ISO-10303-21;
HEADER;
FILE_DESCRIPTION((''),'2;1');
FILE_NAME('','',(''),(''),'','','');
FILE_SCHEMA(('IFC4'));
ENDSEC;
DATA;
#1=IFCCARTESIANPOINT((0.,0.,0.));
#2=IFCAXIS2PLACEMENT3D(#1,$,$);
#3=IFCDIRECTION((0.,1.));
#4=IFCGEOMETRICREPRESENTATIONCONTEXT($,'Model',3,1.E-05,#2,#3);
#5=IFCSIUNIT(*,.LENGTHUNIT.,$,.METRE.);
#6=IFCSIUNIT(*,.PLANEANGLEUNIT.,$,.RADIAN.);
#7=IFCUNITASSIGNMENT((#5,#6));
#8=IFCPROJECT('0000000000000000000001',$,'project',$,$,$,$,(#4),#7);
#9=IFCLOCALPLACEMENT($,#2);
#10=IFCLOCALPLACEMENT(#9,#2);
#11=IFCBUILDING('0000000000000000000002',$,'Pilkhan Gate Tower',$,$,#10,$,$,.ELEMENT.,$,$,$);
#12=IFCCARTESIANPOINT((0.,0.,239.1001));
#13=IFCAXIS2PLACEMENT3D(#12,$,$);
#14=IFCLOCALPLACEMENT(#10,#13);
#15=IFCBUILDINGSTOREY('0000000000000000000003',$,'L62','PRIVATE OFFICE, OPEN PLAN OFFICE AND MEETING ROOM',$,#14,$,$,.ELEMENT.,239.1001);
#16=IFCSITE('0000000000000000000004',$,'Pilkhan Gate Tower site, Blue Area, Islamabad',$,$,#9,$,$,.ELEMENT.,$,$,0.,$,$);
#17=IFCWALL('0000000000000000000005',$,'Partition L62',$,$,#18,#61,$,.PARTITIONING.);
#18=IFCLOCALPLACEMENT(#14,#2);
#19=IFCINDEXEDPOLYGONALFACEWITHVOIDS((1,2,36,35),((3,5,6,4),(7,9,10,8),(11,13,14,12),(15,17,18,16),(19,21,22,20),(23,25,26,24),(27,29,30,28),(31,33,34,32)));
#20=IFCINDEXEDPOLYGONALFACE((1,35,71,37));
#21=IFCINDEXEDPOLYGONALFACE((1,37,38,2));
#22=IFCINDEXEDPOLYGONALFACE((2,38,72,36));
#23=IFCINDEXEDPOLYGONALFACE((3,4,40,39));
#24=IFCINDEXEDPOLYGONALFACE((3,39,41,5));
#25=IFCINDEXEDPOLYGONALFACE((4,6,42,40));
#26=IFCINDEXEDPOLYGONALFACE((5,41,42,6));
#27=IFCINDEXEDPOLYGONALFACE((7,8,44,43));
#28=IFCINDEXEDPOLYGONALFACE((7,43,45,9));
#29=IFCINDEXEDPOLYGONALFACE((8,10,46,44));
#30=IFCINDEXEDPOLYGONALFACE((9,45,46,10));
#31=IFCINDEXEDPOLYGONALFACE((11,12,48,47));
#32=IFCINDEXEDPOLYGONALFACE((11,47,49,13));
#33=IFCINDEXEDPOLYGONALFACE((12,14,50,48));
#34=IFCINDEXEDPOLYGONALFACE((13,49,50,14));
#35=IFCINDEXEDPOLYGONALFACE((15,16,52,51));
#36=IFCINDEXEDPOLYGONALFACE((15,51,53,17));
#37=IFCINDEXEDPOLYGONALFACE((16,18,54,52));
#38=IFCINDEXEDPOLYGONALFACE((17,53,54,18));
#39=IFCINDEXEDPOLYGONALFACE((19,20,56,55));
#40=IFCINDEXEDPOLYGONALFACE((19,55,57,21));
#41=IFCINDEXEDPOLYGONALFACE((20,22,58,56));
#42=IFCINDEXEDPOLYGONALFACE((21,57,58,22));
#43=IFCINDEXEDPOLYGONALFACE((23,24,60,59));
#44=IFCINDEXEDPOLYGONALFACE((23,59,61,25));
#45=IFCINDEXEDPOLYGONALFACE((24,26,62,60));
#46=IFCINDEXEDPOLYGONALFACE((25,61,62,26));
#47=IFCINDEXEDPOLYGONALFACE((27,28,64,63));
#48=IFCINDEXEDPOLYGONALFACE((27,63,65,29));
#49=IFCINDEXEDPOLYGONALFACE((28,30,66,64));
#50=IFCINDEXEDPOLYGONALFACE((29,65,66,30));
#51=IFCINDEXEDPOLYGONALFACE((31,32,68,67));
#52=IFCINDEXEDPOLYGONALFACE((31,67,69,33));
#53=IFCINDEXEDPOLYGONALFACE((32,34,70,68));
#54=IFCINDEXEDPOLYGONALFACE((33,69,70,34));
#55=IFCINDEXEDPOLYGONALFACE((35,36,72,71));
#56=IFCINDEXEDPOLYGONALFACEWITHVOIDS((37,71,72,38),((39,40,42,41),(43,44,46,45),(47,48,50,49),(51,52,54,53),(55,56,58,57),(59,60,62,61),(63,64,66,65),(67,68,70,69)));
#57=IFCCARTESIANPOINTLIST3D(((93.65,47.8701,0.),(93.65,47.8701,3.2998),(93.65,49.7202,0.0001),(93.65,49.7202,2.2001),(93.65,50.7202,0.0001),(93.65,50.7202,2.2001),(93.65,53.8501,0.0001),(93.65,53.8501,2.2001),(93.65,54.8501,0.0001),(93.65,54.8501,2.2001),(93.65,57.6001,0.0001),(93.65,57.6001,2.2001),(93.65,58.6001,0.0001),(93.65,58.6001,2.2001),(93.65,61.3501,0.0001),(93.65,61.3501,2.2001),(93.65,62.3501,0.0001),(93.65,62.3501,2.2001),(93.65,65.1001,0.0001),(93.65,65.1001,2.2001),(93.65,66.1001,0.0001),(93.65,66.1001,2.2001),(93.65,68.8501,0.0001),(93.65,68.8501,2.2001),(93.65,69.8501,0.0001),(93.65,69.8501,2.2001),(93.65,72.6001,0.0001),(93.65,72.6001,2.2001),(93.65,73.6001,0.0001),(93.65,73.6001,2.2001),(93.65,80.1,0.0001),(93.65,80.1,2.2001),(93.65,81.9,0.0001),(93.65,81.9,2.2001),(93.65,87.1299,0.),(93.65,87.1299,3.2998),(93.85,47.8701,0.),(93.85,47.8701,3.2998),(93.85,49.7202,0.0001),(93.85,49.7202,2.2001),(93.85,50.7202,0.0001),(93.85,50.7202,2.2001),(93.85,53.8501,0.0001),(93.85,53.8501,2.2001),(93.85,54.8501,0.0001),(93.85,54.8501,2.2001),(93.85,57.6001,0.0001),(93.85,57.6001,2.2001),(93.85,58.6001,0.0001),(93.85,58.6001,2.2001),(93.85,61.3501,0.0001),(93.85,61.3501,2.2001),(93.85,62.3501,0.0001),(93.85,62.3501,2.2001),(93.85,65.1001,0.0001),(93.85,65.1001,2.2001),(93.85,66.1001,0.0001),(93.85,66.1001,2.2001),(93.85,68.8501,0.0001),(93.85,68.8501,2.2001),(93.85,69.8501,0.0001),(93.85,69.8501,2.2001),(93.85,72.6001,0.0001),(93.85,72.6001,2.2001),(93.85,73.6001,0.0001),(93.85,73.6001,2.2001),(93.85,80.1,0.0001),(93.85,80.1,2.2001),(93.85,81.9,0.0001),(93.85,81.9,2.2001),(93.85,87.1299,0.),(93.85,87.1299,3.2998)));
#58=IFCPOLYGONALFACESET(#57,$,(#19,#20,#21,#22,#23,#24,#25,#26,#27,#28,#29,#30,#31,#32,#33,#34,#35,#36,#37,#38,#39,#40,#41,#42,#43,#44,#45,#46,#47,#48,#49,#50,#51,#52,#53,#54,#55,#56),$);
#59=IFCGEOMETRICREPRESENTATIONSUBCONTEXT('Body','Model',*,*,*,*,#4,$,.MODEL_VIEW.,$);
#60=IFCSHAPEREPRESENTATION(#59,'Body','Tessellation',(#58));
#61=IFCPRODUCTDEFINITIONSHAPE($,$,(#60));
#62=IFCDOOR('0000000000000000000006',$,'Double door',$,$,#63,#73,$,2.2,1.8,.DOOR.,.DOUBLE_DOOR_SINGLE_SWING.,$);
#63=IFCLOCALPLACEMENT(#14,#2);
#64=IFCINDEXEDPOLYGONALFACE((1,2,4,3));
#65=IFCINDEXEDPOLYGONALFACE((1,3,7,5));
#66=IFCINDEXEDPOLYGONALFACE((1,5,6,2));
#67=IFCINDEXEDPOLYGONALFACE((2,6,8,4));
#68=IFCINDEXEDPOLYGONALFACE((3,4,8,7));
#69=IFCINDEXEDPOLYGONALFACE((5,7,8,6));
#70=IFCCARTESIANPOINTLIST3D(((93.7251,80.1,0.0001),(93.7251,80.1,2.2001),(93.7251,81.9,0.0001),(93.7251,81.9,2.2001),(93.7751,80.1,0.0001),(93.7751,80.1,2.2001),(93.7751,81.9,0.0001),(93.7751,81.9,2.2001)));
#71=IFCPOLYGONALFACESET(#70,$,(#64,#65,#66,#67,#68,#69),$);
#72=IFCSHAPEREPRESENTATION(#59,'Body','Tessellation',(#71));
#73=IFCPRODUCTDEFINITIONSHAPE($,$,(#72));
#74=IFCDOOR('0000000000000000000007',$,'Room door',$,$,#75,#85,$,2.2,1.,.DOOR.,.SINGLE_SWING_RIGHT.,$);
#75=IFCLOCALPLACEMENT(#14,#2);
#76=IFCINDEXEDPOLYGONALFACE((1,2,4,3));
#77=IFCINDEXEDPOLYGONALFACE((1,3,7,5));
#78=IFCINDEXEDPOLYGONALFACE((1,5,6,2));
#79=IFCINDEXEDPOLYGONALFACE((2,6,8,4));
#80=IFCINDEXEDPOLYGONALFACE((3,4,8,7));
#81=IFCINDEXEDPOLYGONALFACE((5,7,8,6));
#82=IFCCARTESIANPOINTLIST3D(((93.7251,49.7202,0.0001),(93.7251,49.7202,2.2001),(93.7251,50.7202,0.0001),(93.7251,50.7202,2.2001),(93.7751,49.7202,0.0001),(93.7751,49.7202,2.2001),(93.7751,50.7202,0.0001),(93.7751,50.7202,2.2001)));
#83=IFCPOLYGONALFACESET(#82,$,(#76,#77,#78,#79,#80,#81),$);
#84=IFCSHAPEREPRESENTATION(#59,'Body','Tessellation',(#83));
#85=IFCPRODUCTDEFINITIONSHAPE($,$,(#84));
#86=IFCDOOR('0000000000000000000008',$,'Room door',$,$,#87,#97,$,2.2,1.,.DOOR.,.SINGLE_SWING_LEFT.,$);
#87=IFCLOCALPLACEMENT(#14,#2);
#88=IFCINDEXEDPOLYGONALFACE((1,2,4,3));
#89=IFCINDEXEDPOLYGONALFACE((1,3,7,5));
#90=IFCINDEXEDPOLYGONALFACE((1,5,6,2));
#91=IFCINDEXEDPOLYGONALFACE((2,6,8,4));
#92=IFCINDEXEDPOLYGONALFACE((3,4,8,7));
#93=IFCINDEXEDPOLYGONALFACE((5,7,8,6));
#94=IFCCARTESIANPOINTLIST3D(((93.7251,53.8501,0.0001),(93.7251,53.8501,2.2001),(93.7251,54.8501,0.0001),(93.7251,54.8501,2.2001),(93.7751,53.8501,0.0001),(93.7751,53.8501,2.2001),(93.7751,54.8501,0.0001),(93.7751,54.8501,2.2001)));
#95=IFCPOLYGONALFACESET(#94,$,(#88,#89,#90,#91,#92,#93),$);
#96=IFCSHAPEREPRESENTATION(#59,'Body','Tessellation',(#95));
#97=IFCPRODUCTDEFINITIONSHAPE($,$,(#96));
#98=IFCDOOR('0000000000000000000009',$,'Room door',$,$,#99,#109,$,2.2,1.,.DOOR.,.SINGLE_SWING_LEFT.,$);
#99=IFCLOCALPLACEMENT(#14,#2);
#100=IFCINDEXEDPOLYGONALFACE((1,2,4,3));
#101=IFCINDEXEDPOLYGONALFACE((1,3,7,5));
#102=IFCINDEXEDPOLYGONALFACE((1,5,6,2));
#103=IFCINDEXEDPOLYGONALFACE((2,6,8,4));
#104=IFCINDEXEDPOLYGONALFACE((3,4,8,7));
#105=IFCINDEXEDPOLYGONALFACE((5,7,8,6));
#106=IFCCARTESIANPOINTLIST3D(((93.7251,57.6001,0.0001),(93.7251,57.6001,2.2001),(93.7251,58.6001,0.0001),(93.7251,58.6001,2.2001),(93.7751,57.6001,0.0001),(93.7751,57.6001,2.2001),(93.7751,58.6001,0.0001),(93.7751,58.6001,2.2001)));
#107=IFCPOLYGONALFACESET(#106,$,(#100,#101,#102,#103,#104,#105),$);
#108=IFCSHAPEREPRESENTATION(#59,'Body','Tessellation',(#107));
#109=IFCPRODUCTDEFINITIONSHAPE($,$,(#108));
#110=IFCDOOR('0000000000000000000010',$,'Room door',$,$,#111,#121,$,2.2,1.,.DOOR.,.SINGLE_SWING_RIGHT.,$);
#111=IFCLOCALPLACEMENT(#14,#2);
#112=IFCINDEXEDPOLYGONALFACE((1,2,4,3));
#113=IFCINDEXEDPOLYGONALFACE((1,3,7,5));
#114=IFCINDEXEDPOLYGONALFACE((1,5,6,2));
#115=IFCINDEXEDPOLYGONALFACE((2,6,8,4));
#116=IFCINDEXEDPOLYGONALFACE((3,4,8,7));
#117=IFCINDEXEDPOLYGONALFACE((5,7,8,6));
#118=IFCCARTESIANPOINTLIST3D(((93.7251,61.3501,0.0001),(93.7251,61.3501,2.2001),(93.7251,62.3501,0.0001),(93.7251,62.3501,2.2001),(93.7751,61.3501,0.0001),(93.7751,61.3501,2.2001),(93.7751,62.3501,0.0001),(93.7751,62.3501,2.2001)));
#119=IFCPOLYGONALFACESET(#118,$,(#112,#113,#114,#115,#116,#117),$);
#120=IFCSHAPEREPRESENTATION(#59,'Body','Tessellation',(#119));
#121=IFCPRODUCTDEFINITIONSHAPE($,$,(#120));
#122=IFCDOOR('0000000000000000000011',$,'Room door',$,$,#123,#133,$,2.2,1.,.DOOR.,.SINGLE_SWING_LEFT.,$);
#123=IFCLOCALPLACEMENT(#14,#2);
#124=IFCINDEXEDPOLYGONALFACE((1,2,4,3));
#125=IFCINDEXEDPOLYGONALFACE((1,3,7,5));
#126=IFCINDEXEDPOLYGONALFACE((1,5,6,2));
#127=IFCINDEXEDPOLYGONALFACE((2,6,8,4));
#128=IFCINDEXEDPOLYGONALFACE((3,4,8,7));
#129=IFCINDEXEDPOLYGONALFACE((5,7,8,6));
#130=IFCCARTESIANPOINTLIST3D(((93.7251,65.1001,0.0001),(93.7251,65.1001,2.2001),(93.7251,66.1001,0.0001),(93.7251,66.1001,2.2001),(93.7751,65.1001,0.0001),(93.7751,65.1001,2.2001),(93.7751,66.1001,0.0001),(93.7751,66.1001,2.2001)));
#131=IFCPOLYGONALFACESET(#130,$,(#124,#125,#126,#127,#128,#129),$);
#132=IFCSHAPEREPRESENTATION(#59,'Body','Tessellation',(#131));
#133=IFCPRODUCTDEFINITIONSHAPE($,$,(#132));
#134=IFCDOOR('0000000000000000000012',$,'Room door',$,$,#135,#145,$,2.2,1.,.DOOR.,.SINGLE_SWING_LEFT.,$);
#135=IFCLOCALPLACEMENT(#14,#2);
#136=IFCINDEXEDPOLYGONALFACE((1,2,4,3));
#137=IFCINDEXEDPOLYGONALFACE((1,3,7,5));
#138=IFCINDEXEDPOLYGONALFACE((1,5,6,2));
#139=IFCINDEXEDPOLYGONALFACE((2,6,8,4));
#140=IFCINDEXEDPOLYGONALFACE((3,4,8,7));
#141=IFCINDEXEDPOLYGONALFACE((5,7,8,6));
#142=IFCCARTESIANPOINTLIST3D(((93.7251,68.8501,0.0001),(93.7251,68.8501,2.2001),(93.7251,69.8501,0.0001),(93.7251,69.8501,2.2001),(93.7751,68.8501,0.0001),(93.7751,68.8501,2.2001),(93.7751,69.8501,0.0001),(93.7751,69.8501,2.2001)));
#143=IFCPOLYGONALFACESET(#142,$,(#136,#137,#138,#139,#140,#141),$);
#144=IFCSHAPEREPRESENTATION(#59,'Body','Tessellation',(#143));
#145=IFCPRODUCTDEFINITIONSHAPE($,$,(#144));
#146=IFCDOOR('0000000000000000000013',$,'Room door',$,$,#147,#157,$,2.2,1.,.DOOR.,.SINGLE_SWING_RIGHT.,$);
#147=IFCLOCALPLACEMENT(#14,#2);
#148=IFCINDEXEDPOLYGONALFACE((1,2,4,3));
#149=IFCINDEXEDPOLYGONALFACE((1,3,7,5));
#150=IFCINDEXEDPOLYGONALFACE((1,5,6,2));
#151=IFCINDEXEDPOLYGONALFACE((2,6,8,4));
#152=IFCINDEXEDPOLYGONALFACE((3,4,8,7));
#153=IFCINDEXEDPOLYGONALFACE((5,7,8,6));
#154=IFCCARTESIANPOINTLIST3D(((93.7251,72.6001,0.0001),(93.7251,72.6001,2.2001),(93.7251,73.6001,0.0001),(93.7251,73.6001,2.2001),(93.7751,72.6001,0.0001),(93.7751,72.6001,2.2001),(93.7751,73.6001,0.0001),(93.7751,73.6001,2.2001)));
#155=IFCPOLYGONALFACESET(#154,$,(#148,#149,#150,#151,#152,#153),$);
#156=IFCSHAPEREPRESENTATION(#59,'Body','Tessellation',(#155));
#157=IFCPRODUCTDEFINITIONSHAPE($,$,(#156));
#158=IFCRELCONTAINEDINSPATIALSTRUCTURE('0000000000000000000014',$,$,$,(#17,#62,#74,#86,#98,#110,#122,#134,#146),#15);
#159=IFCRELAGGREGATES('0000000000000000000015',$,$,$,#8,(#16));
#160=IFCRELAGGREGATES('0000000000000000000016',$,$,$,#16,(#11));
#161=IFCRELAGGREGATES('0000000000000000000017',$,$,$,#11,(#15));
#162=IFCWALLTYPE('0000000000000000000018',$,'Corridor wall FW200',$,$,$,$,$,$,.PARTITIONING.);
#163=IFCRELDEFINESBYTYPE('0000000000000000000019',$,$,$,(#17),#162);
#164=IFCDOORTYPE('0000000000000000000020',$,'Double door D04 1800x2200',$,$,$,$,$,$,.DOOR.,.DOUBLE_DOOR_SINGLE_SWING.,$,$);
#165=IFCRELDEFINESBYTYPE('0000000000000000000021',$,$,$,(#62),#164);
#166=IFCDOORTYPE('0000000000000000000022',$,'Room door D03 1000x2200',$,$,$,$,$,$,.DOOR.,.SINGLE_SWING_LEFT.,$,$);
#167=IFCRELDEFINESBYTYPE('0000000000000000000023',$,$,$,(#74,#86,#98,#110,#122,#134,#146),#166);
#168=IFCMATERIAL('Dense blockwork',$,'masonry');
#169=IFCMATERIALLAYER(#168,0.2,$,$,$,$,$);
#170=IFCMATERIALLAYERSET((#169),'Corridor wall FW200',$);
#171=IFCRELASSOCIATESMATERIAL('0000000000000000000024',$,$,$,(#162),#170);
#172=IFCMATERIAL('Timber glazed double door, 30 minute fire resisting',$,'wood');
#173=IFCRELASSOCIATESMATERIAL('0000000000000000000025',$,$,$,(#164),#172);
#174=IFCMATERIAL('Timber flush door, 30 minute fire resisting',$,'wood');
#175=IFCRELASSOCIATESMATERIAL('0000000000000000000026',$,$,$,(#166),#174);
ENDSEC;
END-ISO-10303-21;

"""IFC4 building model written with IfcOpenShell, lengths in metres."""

from ifc_helpers import new_model, si_unit, direction, frame, frame_2d, origin, place, context, subcontext, project, spatial, rectangle, extrude, material, layer, layer_set, type_object, element, fill, save


model = new_model("IFC4")

# Units and contexts
model_context = context("Model", 3, precision=1e-05, world=origin(), true_north=direction((0.0, 1.0)))
body_context = subcontext(model_context, "Body", "Model", "MODEL_VIEW")
ifc_project = project(units=[si_unit("LENGTHUNIT", "METRE"), si_unit("PLANEANGLEUNIT", "RADIAN")], contexts=[model_context])

# Site, building, storey
site_placement = place(None, origin())
site = spatial("IfcSite", under=ifc_project, at=site_placement, Name="Pilkhan Gate Tower site, Blue Area, Islamabad", CompositionType="ELEMENT", RefElevation=0.0)
building_placement = place(site_placement, origin())
building = spatial("IfcBuilding", under=site, at=building_placement, Name="Pilkhan Gate Tower", CompositionType="ELEMENT")
storey_placement = place(building_placement, frame((0.0, 0.0, 239.1001)))
storey = spatial("IfcBuildingStorey", under=building, at=storey_placement, Name="L62", Description="PRIVATE OFFICE, OPEN PLAN OFFICE AND MEETING ROOM", CompositionType="ELEMENT", Elevation=239.1001)

# Shared definitions
ifc_material_1 = material(Name="Dense blockwork", Category="masonry")
ifc_layer_1 = layer(ifc_material_1, 0.2)
ifc_layer_set_1 = layer_set([ifc_layer_1], Name="Corridor wall FW200")
wall_type = type_object("IfcWallType", Name="Corridor wall FW200", PredefinedType="PARTITIONING", material=ifc_layer_set_1)

# Wall, openings, doors
wall_1_placement = place(storey_placement, frame((93.75, 47.8701, 0.0), z_axis=(0.0, 0.0, 1.0), x_axis=(0.0, 1.0, 0.0)))
wall_1 = element("IfcWall", 1, at=wall_1_placement, inside=storey, type_object=wall_type, Name="Partition L62", PredefinedType="PARTITIONING", context=body_context, shape_type="SweptSolid", body=[
    extrude(rectangle(XDim=39.2598, YDim=0.2, at=frame_2d((19.6299, 0.0))), origin(), (0.0, 0.0, 1.0), 3.2998),
])
opening_1_placement = place(wall_1_placement, frame((1.8501, 0.0, 0.0)))
opening_1 = element("IfcOpeningElement", 2, at=opening_1_placement, cuts=wall_1, PredefinedType="OPENING", context=body_context, shape_type="SweptSolid", body=[
    extrude(rectangle(XDim=1.0, YDim=2.2, at=frame_2d((0.5, 1.1001))), frame((0.0, 0.1099, 0.0), z_axis=(0.0, -1.0, 0.0), x_axis=(1.0, 0.0, 0.0)), (0.0, 0.0, 1.0), 0.22),
])
opening_2_placement = place(wall_1_placement, frame((5.98, 0.0, 0.0)))
opening_2 = element("IfcOpeningElement", 3, at=opening_2_placement, cuts=wall_1, PredefinedType="OPENING", context=body_context, shape_type="SweptSolid", body=[
    extrude(rectangle(XDim=1.0, YDim=2.2, at=frame_2d((0.5, 1.1001))), frame((0.0, 0.1099, 0.0), z_axis=(0.0, -1.0, 0.0), x_axis=(1.0, 0.0, 0.0)), (0.0, 0.0, 1.0), 0.22),
])
opening_3_placement = place(wall_1_placement, frame((9.73, 0.0, 0.0)))
opening_3 = element("IfcOpeningElement", 4, at=opening_3_placement, cuts=wall_1, PredefinedType="OPENING", context=body_context, shape_type="SweptSolid", body=[
    extrude(rectangle(XDim=1.0, YDim=2.2, at=frame_2d((0.5, 1.1001))), frame((0.0, 0.1099, 0.0), z_axis=(0.0, -1.0, 0.0), x_axis=(1.0, 0.0, 0.0)), (0.0, 0.0, 1.0), 0.22),
])
opening_4_placement = place(wall_1_placement, frame((13.48, 0.0, 0.0)))
opening_4 = element("IfcOpeningElement", 5, at=opening_4_placement, cuts=wall_1, PredefinedType="OPENING", context=body_context, shape_type="SweptSolid", body=[
    extrude(rectangle(XDim=1.0, YDim=2.2, at=frame_2d((0.5, 1.1001))), frame((0.0, 0.1099, 0.0), z_axis=(0.0, -1.0, 0.0), x_axis=(1.0, 0.0, 0.0)), (0.0, 0.0, 1.0), 0.22),
])
opening_5_placement = place(wall_1_placement, frame((17.23, 0.0, 0.0)))
opening_5 = element("IfcOpeningElement", 6, at=opening_5_placement, cuts=wall_1, PredefinedType="OPENING", context=body_context, shape_type="SweptSolid", body=[
    extrude(rectangle(XDim=1.0, YDim=2.2, at=frame_2d((0.5, 1.1001))), frame((0.0, 0.1099, 0.0), z_axis=(0.0, -1.0, 0.0), x_axis=(1.0, 0.0, 0.0)), (0.0, 0.0, 1.0), 0.22),
])
opening_6_placement = place(wall_1_placement, frame((20.98, 0.0, 0.0)))
opening_6 = element("IfcOpeningElement", 7, at=opening_6_placement, cuts=wall_1, PredefinedType="OPENING", context=body_context, shape_type="SweptSolid", body=[
    extrude(rectangle(XDim=1.0, YDim=2.2, at=frame_2d((0.5, 1.1001))), frame((0.0, 0.1099, 0.0), z_axis=(0.0, -1.0, 0.0), x_axis=(1.0, 0.0, 0.0)), (0.0, 0.0, 1.0), 0.22),
])
opening_7_placement = place(wall_1_placement, frame((24.73, 0.0, 0.0)))
opening_7 = element("IfcOpeningElement", 8, at=opening_7_placement, cuts=wall_1, PredefinedType="OPENING", context=body_context, shape_type="SweptSolid", body=[
    extrude(rectangle(XDim=1.0, YDim=2.2, at=frame_2d((0.5, 1.1001))), frame((0.0, 0.1099, 0.0), z_axis=(0.0, -1.0, 0.0), x_axis=(1.0, 0.0, 0.0)), (0.0, 0.0, 1.0), 0.22),
])
opening_8_placement = place(wall_1_placement, frame((32.23, 0.0, 0.0)))
opening_8 = element("IfcOpeningElement", 9, at=opening_8_placement, cuts=wall_1, PredefinedType="OPENING", context=body_context, shape_type="SweptSolid", body=[
    extrude(rectangle(XDim=1.8, YDim=2.2, at=frame_2d((0.8999, 1.1001))), frame((0.0, 0.1099, 0.0), z_axis=(0.0, -1.0, 0.0), x_axis=(1.0, 0.0, 0.0)), (0.0, 0.0, 1.0), 0.22),
])
ifc_material_2 = material(Name="Timber glazed double door, 30 minute fire resisting", Category="wood")
door_type_1 = type_object("IfcDoorType", Name="Double door D04 1800x2200", OperationType="DOUBLE_DOOR_SINGLE_SWING", PredefinedType="DOOR", material=ifc_material_2)
door_1_placement = place(opening_8_placement, origin())
door_1 = element("IfcDoor", 10, at=door_1_placement, inside=storey, type_object=door_type_1, Name="Double door", OperationType="DOUBLE_DOOR_SINGLE_SWING", OverallHeight=2.2, OverallWidth=1.8, PredefinedType="DOOR", context=body_context, shape_type="SweptSolid", body=[
    extrude(rectangle(XDim=1.8, YDim=2.2, at=frame_2d((0.8999, 1.1001))), frame((0.0, 0.0249, 0.0), z_axis=(0.0, -1.0, 0.0), x_axis=(1.0, 0.0, 0.0)), (0.0, 0.0, 1.0), 0.05),
])
fill(opening_8, door_1)
ifc_material_3 = material(Name="Timber flush door, 30 minute fire resisting", Category="wood")
door_type_2 = type_object("IfcDoorType", Name="Room door D03 1000x2200", OperationType="SINGLE_SWING_LEFT", PredefinedType="DOOR", material=ifc_material_3)
door_2_placement = place(opening_1_placement, origin())
door_2 = element("IfcDoor", 11, at=door_2_placement, inside=storey, type_object=door_type_2, Name="Room door", OperationType="SINGLE_SWING_RIGHT", OverallHeight=2.2, OverallWidth=1.0, PredefinedType="DOOR", context=body_context, shape_type="SweptSolid", body=[
    extrude(rectangle(XDim=1.0, YDim=2.2, at=frame_2d((0.5, 1.1001))), frame((0.0, 0.0249, 0.0), z_axis=(0.0, -1.0, 0.0), x_axis=(1.0, 0.0, 0.0)), (0.0, 0.0, 1.0), 0.05),
])
fill(opening_1, door_2)
door_3_placement = place(opening_2_placement, origin())
door_3 = element("IfcDoor", 12, at=door_3_placement, inside=storey, type_object=door_type_2, Name="Room door", OperationType="SINGLE_SWING_LEFT", OverallHeight=2.2, OverallWidth=1.0, PredefinedType="DOOR", context=body_context, shape_type="SweptSolid", body=[
    extrude(rectangle(XDim=1.0, YDim=2.2, at=frame_2d((0.5, 1.1001))), frame((0.0, 0.0249, 0.0), z_axis=(0.0, -1.0, 0.0), x_axis=(1.0, 0.0, 0.0)), (0.0, 0.0, 1.0), 0.05),
])
fill(opening_2, door_3)
door_4_placement = place(opening_3_placement, origin())
door_4 = element("IfcDoor", 13, at=door_4_placement, inside=storey, type_object=door_type_2, Name="Room door", OperationType="SINGLE_SWING_LEFT", OverallHeight=2.2, OverallWidth=1.0, PredefinedType="DOOR", context=body_context, shape_type="SweptSolid", body=[
    extrude(rectangle(XDim=1.0, YDim=2.2, at=frame_2d((0.5, 1.1001))), frame((0.0, 0.0249, 0.0), z_axis=(0.0, -1.0, 0.0), x_axis=(1.0, 0.0, 0.0)), (0.0, 0.0, 1.0), 0.05),
])
fill(opening_3, door_4)
door_5_placement = place(opening_4_placement, origin())
door_5 = element("IfcDoor", 14, at=door_5_placement, inside=storey, type_object=door_type_2, Name="Room door", OperationType="SINGLE_SWING_RIGHT", OverallHeight=2.2, OverallWidth=1.0, PredefinedType="DOOR", context=body_context, shape_type="SweptSolid", body=[
    extrude(rectangle(XDim=1.0, YDim=2.2, at=frame_2d((0.5, 1.1001))), frame((0.0, 0.0249, 0.0), z_axis=(0.0, -1.0, 0.0), x_axis=(1.0, 0.0, 0.0)), (0.0, 0.0, 1.0), 0.05),
])
fill(opening_4, door_5)
door_6_placement = place(opening_5_placement, origin())
door_6 = element("IfcDoor", 15, at=door_6_placement, inside=storey, type_object=door_type_2, Name="Room door", OperationType="SINGLE_SWING_LEFT", OverallHeight=2.2, OverallWidth=1.0, PredefinedType="DOOR", context=body_context, shape_type="SweptSolid", body=[
    extrude(rectangle(XDim=1.0, YDim=2.2, at=frame_2d((0.5, 1.1001))), frame((0.0, 0.0249, 0.0), z_axis=(0.0, -1.0, 0.0), x_axis=(1.0, 0.0, 0.0)), (0.0, 0.0, 1.0), 0.05),
])
fill(opening_5, door_6)
door_7_placement = place(opening_6_placement, origin())
door_7 = element("IfcDoor", 16, at=door_7_placement, inside=storey, type_object=door_type_2, Name="Room door", OperationType="SINGLE_SWING_LEFT", OverallHeight=2.2, OverallWidth=1.0, PredefinedType="DOOR", context=body_context, shape_type="SweptSolid", body=[
    extrude(rectangle(XDim=1.0, YDim=2.2, at=frame_2d((0.5, 1.1001))), frame((0.0, 0.0249, 0.0), z_axis=(0.0, -1.0, 0.0), x_axis=(1.0, 0.0, 0.0)), (0.0, 0.0, 1.0), 0.05),
])
fill(opening_6, door_7)
door_8_placement = place(opening_7_placement, origin())
door_8 = element("IfcDoor", 17, at=door_8_placement, inside=storey, type_object=door_type_2, Name="Room door", OperationType="SINGLE_SWING_RIGHT", OverallHeight=2.2, OverallWidth=1.0, PredefinedType="DOOR", context=body_context, shape_type="SweptSolid", body=[
    extrude(rectangle(XDim=1.0, YDim=2.2, at=frame_2d((0.5, 1.1001))), frame((0.0, 0.0249, 0.0), z_axis=(0.0, -1.0, 0.0), x_axis=(1.0, 0.0, 0.0)), (0.0, 0.0, 1.0), 0.05),
])
fill(opening_7, door_8)

save(model, "model.ifc")
